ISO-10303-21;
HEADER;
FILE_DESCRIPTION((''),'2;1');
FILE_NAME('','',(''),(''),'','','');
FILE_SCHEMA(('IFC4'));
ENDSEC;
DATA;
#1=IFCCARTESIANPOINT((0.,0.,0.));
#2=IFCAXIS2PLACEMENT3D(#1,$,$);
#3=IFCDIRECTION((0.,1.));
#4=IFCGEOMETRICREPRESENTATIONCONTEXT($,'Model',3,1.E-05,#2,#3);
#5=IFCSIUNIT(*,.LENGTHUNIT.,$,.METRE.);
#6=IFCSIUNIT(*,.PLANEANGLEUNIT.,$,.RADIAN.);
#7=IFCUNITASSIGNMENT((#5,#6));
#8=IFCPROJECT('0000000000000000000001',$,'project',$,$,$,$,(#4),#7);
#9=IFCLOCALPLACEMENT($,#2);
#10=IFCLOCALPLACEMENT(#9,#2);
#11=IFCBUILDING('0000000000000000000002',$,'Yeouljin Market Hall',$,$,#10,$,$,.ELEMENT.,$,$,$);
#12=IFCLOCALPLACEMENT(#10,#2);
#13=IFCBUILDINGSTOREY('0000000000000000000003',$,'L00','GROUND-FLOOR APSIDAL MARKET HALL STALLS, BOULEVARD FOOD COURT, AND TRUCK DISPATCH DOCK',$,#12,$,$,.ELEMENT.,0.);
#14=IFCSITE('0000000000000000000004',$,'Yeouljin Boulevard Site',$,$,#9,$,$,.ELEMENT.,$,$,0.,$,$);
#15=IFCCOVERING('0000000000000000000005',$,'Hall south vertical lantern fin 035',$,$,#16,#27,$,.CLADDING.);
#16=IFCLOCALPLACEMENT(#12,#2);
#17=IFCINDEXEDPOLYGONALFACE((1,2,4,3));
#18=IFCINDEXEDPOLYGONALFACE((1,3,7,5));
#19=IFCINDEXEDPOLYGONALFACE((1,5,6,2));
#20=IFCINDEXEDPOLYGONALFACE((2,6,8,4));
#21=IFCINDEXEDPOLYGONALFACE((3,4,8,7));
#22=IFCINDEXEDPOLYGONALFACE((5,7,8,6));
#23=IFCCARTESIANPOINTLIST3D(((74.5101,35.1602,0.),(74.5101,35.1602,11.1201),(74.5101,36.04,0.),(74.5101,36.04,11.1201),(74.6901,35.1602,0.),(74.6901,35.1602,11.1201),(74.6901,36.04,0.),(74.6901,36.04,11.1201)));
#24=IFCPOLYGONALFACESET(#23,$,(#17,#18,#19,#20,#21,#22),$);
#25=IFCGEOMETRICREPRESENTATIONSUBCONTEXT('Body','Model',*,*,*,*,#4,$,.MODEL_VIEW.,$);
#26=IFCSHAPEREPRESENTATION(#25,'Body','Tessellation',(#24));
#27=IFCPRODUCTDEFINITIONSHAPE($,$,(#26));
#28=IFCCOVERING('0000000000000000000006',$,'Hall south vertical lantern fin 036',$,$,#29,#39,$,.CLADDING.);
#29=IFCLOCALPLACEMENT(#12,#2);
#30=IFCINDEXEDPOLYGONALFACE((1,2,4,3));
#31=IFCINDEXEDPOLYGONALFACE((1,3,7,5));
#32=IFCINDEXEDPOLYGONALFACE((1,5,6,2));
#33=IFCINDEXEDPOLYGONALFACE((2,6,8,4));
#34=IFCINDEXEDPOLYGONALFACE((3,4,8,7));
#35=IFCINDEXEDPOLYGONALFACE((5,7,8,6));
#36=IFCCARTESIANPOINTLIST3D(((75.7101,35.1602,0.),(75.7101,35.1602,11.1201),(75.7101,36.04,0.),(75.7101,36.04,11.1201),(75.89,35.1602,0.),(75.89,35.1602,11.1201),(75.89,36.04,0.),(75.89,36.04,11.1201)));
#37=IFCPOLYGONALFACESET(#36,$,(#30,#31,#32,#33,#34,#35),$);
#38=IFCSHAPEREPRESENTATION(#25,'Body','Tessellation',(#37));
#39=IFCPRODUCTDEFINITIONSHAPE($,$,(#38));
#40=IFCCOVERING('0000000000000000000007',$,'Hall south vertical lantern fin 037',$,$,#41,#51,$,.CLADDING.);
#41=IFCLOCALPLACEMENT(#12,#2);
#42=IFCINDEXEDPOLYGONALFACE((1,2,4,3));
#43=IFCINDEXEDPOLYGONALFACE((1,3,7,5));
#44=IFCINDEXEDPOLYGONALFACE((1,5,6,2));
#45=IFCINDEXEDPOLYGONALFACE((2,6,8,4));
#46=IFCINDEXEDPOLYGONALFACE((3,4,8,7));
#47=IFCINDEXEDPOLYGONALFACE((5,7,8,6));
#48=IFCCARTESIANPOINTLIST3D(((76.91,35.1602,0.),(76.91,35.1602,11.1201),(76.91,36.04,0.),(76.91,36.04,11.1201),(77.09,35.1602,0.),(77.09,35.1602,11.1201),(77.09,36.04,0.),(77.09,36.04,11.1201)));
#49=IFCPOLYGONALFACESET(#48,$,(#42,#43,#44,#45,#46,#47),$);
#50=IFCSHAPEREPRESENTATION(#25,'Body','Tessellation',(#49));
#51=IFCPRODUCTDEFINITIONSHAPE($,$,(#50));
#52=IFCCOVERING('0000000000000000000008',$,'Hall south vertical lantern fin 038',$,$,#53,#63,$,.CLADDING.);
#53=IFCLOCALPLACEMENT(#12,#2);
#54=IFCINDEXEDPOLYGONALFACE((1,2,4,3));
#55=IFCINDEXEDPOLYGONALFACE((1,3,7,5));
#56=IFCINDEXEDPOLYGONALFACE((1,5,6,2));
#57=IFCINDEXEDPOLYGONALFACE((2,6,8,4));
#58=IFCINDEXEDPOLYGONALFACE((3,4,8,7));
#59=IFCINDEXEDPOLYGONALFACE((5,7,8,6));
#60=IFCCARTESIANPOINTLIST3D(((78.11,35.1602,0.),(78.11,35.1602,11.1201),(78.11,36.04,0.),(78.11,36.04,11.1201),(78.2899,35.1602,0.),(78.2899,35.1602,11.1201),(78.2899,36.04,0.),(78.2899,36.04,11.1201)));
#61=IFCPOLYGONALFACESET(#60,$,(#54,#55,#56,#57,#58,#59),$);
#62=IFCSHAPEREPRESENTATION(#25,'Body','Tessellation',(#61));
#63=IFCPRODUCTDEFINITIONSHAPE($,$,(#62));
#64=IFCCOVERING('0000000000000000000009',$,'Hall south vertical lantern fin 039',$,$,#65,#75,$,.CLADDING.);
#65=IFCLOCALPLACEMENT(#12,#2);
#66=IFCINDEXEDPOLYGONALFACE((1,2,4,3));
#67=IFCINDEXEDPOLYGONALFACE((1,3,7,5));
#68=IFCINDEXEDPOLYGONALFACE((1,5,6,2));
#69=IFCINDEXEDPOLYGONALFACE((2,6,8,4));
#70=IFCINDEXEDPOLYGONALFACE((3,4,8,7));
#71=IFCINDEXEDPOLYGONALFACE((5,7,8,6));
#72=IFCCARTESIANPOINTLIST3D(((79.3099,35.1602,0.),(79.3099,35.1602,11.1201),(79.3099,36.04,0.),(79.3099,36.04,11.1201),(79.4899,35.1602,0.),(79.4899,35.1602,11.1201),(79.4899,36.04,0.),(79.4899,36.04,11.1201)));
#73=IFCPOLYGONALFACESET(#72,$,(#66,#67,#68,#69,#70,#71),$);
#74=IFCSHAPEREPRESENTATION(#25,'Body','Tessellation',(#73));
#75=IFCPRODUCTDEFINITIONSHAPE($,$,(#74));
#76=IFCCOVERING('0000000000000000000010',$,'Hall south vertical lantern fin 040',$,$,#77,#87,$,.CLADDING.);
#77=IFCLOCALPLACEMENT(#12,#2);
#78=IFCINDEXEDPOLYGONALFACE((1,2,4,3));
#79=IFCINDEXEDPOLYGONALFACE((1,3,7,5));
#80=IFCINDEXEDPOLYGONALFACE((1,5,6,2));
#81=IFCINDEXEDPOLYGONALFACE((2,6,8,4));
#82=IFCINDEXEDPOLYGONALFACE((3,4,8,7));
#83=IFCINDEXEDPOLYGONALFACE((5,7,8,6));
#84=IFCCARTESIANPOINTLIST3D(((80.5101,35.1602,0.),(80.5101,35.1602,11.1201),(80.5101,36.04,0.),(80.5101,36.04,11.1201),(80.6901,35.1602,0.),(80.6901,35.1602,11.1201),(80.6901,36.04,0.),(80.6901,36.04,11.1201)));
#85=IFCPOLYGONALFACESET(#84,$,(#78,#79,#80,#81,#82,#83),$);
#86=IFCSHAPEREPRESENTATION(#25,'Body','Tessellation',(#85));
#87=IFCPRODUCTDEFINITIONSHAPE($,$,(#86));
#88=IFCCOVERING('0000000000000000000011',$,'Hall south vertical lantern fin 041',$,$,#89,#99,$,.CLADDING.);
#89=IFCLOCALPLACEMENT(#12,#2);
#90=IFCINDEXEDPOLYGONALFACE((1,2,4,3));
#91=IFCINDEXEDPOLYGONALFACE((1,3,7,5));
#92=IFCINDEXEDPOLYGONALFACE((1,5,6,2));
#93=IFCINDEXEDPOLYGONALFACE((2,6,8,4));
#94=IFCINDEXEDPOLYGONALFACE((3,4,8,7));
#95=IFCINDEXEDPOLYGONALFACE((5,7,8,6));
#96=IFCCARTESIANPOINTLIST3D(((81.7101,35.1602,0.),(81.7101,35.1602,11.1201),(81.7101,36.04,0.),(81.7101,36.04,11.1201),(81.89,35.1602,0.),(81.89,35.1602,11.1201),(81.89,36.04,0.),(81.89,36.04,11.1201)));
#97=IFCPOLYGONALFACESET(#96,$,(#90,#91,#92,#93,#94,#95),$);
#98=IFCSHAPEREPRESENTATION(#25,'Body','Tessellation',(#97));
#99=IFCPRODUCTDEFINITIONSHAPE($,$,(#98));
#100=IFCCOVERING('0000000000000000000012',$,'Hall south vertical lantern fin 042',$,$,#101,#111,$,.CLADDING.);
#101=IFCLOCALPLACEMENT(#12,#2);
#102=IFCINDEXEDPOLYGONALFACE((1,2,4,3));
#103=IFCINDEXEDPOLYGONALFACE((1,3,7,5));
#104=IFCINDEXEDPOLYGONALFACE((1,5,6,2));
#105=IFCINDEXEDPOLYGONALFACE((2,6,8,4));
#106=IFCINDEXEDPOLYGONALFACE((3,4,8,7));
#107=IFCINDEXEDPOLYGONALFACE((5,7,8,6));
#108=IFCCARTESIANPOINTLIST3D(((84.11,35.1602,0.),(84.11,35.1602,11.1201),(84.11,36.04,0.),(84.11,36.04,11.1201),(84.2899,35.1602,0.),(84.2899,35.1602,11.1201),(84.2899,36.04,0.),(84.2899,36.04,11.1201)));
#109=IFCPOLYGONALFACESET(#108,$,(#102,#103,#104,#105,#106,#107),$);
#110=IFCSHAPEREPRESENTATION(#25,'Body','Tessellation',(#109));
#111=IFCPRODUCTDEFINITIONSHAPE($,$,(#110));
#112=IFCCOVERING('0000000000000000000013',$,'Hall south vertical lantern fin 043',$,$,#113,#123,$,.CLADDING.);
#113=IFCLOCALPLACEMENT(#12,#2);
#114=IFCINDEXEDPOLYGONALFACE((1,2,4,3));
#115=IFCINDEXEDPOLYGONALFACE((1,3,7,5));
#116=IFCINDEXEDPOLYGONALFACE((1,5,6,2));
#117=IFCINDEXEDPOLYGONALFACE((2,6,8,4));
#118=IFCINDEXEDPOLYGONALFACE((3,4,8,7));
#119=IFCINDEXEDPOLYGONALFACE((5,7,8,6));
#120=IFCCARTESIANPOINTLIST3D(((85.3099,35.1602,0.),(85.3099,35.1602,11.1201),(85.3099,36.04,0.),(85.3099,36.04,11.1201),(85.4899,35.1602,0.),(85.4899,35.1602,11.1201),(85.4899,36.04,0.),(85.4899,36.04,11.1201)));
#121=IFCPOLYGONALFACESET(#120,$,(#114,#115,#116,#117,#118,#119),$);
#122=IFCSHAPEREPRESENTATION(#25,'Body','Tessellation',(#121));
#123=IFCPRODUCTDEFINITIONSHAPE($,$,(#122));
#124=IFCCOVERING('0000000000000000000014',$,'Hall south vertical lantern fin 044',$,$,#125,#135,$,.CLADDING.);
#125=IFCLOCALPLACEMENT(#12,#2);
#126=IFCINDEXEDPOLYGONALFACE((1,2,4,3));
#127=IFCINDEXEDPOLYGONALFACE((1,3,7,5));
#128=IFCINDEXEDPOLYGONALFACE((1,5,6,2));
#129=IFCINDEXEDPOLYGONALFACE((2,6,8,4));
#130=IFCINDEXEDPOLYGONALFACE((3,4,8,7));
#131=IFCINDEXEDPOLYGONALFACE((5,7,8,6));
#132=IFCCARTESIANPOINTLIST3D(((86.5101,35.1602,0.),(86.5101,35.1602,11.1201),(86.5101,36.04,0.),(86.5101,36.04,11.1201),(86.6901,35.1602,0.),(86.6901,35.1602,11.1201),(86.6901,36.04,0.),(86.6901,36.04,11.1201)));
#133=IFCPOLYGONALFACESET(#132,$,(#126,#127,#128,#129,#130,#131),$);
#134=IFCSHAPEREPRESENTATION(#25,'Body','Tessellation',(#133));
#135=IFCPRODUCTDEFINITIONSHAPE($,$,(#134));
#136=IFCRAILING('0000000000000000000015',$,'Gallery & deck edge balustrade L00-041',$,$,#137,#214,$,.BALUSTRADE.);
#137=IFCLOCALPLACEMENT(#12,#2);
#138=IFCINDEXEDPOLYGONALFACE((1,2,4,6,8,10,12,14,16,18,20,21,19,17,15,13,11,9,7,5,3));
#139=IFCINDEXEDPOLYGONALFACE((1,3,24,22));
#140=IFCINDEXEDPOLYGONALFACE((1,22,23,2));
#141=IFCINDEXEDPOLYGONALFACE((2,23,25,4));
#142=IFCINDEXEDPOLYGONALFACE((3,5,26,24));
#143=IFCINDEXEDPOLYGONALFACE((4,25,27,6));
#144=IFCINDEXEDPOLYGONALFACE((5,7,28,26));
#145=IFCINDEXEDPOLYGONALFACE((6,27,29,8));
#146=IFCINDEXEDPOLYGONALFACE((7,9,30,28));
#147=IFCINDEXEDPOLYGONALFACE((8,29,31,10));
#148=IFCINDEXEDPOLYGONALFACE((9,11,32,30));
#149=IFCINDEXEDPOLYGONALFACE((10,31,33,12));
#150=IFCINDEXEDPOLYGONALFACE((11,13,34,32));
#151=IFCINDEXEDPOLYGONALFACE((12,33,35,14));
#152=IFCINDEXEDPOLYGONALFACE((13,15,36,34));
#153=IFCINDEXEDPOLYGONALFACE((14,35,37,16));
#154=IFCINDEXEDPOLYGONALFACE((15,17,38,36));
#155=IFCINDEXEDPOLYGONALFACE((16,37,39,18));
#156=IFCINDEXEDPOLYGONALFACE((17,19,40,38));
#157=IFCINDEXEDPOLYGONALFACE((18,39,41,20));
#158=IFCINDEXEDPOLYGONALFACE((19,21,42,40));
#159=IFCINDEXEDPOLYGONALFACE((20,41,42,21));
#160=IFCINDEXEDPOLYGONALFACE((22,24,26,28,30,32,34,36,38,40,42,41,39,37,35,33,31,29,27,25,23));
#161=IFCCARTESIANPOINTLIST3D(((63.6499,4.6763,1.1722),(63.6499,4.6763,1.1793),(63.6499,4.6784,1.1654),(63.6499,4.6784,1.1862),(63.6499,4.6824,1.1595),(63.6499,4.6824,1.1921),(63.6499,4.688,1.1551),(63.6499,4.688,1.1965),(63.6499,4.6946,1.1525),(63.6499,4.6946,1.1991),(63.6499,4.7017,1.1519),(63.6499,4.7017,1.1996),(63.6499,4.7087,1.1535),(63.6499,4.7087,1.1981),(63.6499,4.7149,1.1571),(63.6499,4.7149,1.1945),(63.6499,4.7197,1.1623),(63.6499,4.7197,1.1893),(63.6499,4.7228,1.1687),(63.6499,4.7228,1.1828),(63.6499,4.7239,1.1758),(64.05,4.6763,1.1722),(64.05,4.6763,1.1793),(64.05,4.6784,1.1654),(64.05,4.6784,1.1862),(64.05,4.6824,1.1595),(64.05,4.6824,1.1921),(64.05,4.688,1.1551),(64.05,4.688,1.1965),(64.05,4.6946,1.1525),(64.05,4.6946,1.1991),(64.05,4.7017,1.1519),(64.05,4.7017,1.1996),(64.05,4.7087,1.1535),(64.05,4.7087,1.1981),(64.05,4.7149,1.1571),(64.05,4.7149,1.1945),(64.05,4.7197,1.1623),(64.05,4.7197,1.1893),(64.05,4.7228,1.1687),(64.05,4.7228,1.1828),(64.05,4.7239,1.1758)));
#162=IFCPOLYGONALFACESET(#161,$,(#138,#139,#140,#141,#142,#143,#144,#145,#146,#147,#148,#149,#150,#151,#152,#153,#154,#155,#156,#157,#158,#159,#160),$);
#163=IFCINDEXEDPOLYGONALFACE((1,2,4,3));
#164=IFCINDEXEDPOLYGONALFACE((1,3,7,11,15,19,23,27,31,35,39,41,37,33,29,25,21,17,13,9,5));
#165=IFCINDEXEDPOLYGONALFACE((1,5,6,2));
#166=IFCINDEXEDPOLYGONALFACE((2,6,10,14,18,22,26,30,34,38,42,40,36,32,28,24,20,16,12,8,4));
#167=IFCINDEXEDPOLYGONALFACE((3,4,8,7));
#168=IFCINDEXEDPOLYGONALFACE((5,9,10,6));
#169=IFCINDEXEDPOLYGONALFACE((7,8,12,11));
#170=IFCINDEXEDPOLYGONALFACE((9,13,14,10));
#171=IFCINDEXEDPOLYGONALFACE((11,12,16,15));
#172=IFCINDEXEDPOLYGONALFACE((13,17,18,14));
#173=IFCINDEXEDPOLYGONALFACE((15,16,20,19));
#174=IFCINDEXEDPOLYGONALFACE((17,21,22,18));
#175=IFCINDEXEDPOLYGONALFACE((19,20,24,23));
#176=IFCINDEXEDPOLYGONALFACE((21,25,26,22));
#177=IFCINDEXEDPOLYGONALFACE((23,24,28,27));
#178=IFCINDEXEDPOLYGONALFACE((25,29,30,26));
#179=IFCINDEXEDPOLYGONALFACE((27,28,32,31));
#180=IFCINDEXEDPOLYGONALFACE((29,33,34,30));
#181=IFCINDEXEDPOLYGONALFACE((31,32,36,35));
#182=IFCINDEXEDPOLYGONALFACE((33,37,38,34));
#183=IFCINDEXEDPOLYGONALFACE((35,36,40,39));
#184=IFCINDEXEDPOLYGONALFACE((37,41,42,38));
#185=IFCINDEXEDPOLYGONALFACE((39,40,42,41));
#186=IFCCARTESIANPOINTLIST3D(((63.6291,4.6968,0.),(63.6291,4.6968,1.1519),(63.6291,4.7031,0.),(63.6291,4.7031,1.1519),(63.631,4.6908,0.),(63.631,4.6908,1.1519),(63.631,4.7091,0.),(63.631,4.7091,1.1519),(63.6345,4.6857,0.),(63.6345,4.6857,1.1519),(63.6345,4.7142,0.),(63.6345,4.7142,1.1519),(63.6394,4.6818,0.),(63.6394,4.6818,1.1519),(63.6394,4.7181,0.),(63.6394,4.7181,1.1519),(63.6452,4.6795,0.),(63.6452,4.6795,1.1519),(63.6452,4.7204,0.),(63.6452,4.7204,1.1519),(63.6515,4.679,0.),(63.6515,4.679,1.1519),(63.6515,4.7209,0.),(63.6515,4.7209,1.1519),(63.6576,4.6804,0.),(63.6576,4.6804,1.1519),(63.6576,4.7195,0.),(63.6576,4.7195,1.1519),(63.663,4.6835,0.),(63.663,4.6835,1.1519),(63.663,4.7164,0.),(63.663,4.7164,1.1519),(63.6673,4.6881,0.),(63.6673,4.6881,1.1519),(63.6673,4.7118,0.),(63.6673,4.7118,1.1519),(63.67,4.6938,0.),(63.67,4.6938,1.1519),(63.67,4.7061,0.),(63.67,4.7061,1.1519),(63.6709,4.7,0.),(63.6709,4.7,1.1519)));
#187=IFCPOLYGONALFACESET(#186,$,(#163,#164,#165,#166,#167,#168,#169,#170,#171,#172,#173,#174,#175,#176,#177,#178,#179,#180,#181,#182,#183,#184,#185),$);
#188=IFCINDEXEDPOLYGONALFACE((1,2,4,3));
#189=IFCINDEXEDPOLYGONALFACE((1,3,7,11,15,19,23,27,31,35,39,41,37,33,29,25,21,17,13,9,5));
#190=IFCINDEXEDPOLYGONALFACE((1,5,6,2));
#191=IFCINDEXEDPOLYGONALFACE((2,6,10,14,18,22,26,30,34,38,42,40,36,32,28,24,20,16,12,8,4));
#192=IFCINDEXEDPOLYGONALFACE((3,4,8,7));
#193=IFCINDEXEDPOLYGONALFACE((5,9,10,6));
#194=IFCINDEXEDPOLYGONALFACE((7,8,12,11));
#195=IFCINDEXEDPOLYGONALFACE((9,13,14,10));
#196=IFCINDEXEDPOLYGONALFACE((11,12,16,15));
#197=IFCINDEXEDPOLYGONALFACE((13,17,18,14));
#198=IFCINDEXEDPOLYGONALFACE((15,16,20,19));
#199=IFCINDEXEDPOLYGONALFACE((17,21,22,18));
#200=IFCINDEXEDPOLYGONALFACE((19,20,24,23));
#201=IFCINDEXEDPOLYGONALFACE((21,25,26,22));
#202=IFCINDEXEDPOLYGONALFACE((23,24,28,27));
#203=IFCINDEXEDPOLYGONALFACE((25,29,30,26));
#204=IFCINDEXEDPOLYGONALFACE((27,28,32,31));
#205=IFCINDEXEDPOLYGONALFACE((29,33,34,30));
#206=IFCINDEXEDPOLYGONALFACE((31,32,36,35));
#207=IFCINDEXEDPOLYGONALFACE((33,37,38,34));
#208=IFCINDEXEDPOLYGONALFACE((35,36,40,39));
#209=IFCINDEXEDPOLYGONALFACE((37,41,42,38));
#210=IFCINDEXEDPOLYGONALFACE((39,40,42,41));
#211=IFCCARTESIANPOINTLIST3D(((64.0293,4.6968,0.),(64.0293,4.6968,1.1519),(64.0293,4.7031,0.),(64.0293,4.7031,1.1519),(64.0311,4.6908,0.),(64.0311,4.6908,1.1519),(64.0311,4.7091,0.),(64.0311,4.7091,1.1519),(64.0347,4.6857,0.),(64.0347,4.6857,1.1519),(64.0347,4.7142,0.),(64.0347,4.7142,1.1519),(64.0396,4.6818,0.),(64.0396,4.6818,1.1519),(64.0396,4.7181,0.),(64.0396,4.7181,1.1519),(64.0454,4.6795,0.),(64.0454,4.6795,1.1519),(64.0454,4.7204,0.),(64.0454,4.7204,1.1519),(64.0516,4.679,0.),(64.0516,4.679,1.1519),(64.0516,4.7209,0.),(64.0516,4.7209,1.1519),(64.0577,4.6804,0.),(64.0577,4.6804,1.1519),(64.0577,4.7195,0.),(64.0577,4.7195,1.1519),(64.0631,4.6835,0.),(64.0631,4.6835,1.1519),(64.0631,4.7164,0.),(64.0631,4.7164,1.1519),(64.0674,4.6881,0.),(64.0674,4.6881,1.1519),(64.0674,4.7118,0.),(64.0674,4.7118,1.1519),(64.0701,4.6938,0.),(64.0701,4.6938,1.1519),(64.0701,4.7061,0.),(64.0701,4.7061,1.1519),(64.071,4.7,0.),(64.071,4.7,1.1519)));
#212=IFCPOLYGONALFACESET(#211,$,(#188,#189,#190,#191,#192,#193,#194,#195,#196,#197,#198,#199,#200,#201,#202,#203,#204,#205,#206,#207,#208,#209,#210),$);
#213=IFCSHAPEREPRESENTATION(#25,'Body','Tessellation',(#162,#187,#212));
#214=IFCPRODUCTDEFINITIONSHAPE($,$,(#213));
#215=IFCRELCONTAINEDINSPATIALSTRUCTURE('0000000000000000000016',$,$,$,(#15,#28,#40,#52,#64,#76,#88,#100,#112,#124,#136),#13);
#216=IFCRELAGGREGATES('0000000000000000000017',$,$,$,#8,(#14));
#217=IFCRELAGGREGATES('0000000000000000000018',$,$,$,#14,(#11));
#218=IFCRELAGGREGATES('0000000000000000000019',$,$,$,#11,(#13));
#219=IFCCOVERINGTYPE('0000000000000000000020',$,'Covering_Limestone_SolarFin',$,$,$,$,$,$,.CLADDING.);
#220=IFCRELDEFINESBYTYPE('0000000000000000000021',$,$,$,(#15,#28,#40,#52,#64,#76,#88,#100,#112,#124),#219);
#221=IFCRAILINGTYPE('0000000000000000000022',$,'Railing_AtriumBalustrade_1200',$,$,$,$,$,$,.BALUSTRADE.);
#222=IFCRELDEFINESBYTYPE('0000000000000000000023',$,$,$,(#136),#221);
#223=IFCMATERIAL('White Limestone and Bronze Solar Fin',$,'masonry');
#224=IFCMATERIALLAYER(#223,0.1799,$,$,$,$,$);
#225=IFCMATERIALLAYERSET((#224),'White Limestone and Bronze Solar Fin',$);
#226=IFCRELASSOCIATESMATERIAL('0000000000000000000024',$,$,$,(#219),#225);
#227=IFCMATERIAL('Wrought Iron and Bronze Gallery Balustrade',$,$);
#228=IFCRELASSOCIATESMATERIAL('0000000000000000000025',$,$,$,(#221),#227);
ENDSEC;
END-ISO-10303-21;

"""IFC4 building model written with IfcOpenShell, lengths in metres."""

from ifc_helpers import new_model, si_unit, direction, frame, origin, origin_2d, place, context, subcontext, project, spatial, rectangle, circle, extrude, material, layer, layer_set, type_object, element, save


model = new_model("IFC4")

# Units and contexts
model_context = context("Model", 3, precision=1e-05, world=origin(), true_north=direction((0.0, 1.0)))
body_context = subcontext(model_context, "Body", "Model", "MODEL_VIEW")
ifc_project = project(units=[si_unit("LENGTHUNIT", "METRE"), si_unit("PLANEANGLEUNIT", "RADIAN")], contexts=[model_context])

# Site, building, storey
site_placement = place(None, origin())
site = spatial("IfcSite", under=ifc_project, at=site_placement, Name="Yeouljin Boulevard Site", CompositionType="ELEMENT", RefElevation=0.0)
building_placement = place(site_placement, origin())
building = spatial("IfcBuilding", under=site, at=building_placement, Name="Yeouljin Market Hall", CompositionType="ELEMENT")
storey_placement = place(building_placement, origin())
storey = spatial("IfcBuildingStorey", under=building, at=storey_placement, Name="L00", Description="GROUND-FLOOR APSIDAL MARKET HALL STALLS, BOULEVARD FOOD COURT, AND TRUCK DISPATCH DOCK", CompositionType="ELEMENT", Elevation=0.0)

# Coverings
ifc_material_1 = material(Name="White Limestone and Bronze Solar Fin", Category="masonry")
ifc_layer_1 = layer(ifc_material_1, 0.1799)
ifc_layer_set_1 = layer_set([ifc_layer_1], Name="White Limestone and Bronze Solar Fin")
covering_type = type_object("IfcCoveringType", Name="Covering_Limestone_SolarFin", PredefinedType="CLADDING", material=ifc_layer_set_1)
for number, where, z_axis, x_axis, name in (
    (1, (74.6001, 35.6001, 0.0), (0.0, 0.0, 1.0), (1.0, 0.0, 0.0), "Hall south vertical lantern fin 035"),
    (2, (75.8, 35.6001, 0.0), (0.0, 0.0, 1.0), (1.0, 0.0, 0.0), "Hall south vertical lantern fin 036"),
    (3, (77.0, 35.6001, 0.0), (0.0, 0.0, 1.0), (1.0, 0.0, 0.0), "Hall south vertical lantern fin 037"),
    (4, (78.2, 35.6001, 0.0), (0.0, 0.0, 1.0), (1.0, 0.0, 0.0), "Hall south vertical lantern fin 038"),
    (5, (79.3999, 35.6001, 0.0), (0.0, 0.0, 1.0), (1.0, 0.0, 0.0), "Hall south vertical lantern fin 039"),
    (6, (80.6001, 35.6001, 0.0), (0.0, 0.0, 1.0), (1.0, 0.0, 0.0), "Hall south vertical lantern fin 040"),
    (7, (81.8, 35.6001, 0.0), (0.0, 0.0, 1.0), (1.0, 0.0, 0.0), "Hall south vertical lantern fin 041"),
    (8, (84.2, 35.6001, 0.0), (0.0, 0.0, 1.0), (1.0, 0.0, 0.0), "Hall south vertical lantern fin 042"),
    (9, (85.3999, 35.6001, 0.0), (0.0, 0.0, 1.0), (1.0, 0.0, 0.0), "Hall south vertical lantern fin 043"),
    (10, (86.6001, 35.6001, 0.0), (0.0, 0.0, 1.0), (1.0, 0.0, 0.0), "Hall south vertical lantern fin 044"),
):
    element("IfcCovering", number, at=place(storey_placement, frame(where, z_axis=z_axis, x_axis=x_axis)), inside=storey, type_object=covering_type, Name=name, PredefinedType="CLADDING", context=body_context, shape_type="SweptSolid", body=[
        extrude(rectangle(XDim=0.1799, YDim=0.8799, at=origin_2d()), origin(), (0.0, 0.0, 1.0), 11.1201),
    ])

# Railing
ifc_material_2 = material(Name="Wrought Iron and Bronze Gallery Balustrade")
railing_type = type_object("IfcRailingType", Name="Railing_AtriumBalustrade_1200", PredefinedType="BALUSTRADE", material=ifc_material_2)
railing_placement = place(storey_placement, frame((63.6499, 4.7, 0.0)))
element("IfcRailing", 11, at=railing_placement, inside=storey, type_object=railing_type, Name="Gallery & deck edge balustrade L00-041", PredefinedType="BALUSTRADE", context=body_context, shape_type="SweptSolid", body=[
    extrude(circle(Radius=0.0239, at=origin_2d()), frame((0.0, 0.0, 1.1758), z_axis=(1.0, 0.0, 0.0), x_axis=(0.0, 1.0, 0.0)), (0.0, 0.0, 1.0), 0.4001),
    extrude(circle(Radius=0.021, at=origin_2d()), origin(), (0.0, 0.0, 1.0), 1.1519),
    extrude(circle(Radius=0.021, at=origin_2d()), frame((0.4001, 0.0, 0.0)), (0.0, 0.0, 1.0), 1.1519),
])

save(model, "model.ifc")
